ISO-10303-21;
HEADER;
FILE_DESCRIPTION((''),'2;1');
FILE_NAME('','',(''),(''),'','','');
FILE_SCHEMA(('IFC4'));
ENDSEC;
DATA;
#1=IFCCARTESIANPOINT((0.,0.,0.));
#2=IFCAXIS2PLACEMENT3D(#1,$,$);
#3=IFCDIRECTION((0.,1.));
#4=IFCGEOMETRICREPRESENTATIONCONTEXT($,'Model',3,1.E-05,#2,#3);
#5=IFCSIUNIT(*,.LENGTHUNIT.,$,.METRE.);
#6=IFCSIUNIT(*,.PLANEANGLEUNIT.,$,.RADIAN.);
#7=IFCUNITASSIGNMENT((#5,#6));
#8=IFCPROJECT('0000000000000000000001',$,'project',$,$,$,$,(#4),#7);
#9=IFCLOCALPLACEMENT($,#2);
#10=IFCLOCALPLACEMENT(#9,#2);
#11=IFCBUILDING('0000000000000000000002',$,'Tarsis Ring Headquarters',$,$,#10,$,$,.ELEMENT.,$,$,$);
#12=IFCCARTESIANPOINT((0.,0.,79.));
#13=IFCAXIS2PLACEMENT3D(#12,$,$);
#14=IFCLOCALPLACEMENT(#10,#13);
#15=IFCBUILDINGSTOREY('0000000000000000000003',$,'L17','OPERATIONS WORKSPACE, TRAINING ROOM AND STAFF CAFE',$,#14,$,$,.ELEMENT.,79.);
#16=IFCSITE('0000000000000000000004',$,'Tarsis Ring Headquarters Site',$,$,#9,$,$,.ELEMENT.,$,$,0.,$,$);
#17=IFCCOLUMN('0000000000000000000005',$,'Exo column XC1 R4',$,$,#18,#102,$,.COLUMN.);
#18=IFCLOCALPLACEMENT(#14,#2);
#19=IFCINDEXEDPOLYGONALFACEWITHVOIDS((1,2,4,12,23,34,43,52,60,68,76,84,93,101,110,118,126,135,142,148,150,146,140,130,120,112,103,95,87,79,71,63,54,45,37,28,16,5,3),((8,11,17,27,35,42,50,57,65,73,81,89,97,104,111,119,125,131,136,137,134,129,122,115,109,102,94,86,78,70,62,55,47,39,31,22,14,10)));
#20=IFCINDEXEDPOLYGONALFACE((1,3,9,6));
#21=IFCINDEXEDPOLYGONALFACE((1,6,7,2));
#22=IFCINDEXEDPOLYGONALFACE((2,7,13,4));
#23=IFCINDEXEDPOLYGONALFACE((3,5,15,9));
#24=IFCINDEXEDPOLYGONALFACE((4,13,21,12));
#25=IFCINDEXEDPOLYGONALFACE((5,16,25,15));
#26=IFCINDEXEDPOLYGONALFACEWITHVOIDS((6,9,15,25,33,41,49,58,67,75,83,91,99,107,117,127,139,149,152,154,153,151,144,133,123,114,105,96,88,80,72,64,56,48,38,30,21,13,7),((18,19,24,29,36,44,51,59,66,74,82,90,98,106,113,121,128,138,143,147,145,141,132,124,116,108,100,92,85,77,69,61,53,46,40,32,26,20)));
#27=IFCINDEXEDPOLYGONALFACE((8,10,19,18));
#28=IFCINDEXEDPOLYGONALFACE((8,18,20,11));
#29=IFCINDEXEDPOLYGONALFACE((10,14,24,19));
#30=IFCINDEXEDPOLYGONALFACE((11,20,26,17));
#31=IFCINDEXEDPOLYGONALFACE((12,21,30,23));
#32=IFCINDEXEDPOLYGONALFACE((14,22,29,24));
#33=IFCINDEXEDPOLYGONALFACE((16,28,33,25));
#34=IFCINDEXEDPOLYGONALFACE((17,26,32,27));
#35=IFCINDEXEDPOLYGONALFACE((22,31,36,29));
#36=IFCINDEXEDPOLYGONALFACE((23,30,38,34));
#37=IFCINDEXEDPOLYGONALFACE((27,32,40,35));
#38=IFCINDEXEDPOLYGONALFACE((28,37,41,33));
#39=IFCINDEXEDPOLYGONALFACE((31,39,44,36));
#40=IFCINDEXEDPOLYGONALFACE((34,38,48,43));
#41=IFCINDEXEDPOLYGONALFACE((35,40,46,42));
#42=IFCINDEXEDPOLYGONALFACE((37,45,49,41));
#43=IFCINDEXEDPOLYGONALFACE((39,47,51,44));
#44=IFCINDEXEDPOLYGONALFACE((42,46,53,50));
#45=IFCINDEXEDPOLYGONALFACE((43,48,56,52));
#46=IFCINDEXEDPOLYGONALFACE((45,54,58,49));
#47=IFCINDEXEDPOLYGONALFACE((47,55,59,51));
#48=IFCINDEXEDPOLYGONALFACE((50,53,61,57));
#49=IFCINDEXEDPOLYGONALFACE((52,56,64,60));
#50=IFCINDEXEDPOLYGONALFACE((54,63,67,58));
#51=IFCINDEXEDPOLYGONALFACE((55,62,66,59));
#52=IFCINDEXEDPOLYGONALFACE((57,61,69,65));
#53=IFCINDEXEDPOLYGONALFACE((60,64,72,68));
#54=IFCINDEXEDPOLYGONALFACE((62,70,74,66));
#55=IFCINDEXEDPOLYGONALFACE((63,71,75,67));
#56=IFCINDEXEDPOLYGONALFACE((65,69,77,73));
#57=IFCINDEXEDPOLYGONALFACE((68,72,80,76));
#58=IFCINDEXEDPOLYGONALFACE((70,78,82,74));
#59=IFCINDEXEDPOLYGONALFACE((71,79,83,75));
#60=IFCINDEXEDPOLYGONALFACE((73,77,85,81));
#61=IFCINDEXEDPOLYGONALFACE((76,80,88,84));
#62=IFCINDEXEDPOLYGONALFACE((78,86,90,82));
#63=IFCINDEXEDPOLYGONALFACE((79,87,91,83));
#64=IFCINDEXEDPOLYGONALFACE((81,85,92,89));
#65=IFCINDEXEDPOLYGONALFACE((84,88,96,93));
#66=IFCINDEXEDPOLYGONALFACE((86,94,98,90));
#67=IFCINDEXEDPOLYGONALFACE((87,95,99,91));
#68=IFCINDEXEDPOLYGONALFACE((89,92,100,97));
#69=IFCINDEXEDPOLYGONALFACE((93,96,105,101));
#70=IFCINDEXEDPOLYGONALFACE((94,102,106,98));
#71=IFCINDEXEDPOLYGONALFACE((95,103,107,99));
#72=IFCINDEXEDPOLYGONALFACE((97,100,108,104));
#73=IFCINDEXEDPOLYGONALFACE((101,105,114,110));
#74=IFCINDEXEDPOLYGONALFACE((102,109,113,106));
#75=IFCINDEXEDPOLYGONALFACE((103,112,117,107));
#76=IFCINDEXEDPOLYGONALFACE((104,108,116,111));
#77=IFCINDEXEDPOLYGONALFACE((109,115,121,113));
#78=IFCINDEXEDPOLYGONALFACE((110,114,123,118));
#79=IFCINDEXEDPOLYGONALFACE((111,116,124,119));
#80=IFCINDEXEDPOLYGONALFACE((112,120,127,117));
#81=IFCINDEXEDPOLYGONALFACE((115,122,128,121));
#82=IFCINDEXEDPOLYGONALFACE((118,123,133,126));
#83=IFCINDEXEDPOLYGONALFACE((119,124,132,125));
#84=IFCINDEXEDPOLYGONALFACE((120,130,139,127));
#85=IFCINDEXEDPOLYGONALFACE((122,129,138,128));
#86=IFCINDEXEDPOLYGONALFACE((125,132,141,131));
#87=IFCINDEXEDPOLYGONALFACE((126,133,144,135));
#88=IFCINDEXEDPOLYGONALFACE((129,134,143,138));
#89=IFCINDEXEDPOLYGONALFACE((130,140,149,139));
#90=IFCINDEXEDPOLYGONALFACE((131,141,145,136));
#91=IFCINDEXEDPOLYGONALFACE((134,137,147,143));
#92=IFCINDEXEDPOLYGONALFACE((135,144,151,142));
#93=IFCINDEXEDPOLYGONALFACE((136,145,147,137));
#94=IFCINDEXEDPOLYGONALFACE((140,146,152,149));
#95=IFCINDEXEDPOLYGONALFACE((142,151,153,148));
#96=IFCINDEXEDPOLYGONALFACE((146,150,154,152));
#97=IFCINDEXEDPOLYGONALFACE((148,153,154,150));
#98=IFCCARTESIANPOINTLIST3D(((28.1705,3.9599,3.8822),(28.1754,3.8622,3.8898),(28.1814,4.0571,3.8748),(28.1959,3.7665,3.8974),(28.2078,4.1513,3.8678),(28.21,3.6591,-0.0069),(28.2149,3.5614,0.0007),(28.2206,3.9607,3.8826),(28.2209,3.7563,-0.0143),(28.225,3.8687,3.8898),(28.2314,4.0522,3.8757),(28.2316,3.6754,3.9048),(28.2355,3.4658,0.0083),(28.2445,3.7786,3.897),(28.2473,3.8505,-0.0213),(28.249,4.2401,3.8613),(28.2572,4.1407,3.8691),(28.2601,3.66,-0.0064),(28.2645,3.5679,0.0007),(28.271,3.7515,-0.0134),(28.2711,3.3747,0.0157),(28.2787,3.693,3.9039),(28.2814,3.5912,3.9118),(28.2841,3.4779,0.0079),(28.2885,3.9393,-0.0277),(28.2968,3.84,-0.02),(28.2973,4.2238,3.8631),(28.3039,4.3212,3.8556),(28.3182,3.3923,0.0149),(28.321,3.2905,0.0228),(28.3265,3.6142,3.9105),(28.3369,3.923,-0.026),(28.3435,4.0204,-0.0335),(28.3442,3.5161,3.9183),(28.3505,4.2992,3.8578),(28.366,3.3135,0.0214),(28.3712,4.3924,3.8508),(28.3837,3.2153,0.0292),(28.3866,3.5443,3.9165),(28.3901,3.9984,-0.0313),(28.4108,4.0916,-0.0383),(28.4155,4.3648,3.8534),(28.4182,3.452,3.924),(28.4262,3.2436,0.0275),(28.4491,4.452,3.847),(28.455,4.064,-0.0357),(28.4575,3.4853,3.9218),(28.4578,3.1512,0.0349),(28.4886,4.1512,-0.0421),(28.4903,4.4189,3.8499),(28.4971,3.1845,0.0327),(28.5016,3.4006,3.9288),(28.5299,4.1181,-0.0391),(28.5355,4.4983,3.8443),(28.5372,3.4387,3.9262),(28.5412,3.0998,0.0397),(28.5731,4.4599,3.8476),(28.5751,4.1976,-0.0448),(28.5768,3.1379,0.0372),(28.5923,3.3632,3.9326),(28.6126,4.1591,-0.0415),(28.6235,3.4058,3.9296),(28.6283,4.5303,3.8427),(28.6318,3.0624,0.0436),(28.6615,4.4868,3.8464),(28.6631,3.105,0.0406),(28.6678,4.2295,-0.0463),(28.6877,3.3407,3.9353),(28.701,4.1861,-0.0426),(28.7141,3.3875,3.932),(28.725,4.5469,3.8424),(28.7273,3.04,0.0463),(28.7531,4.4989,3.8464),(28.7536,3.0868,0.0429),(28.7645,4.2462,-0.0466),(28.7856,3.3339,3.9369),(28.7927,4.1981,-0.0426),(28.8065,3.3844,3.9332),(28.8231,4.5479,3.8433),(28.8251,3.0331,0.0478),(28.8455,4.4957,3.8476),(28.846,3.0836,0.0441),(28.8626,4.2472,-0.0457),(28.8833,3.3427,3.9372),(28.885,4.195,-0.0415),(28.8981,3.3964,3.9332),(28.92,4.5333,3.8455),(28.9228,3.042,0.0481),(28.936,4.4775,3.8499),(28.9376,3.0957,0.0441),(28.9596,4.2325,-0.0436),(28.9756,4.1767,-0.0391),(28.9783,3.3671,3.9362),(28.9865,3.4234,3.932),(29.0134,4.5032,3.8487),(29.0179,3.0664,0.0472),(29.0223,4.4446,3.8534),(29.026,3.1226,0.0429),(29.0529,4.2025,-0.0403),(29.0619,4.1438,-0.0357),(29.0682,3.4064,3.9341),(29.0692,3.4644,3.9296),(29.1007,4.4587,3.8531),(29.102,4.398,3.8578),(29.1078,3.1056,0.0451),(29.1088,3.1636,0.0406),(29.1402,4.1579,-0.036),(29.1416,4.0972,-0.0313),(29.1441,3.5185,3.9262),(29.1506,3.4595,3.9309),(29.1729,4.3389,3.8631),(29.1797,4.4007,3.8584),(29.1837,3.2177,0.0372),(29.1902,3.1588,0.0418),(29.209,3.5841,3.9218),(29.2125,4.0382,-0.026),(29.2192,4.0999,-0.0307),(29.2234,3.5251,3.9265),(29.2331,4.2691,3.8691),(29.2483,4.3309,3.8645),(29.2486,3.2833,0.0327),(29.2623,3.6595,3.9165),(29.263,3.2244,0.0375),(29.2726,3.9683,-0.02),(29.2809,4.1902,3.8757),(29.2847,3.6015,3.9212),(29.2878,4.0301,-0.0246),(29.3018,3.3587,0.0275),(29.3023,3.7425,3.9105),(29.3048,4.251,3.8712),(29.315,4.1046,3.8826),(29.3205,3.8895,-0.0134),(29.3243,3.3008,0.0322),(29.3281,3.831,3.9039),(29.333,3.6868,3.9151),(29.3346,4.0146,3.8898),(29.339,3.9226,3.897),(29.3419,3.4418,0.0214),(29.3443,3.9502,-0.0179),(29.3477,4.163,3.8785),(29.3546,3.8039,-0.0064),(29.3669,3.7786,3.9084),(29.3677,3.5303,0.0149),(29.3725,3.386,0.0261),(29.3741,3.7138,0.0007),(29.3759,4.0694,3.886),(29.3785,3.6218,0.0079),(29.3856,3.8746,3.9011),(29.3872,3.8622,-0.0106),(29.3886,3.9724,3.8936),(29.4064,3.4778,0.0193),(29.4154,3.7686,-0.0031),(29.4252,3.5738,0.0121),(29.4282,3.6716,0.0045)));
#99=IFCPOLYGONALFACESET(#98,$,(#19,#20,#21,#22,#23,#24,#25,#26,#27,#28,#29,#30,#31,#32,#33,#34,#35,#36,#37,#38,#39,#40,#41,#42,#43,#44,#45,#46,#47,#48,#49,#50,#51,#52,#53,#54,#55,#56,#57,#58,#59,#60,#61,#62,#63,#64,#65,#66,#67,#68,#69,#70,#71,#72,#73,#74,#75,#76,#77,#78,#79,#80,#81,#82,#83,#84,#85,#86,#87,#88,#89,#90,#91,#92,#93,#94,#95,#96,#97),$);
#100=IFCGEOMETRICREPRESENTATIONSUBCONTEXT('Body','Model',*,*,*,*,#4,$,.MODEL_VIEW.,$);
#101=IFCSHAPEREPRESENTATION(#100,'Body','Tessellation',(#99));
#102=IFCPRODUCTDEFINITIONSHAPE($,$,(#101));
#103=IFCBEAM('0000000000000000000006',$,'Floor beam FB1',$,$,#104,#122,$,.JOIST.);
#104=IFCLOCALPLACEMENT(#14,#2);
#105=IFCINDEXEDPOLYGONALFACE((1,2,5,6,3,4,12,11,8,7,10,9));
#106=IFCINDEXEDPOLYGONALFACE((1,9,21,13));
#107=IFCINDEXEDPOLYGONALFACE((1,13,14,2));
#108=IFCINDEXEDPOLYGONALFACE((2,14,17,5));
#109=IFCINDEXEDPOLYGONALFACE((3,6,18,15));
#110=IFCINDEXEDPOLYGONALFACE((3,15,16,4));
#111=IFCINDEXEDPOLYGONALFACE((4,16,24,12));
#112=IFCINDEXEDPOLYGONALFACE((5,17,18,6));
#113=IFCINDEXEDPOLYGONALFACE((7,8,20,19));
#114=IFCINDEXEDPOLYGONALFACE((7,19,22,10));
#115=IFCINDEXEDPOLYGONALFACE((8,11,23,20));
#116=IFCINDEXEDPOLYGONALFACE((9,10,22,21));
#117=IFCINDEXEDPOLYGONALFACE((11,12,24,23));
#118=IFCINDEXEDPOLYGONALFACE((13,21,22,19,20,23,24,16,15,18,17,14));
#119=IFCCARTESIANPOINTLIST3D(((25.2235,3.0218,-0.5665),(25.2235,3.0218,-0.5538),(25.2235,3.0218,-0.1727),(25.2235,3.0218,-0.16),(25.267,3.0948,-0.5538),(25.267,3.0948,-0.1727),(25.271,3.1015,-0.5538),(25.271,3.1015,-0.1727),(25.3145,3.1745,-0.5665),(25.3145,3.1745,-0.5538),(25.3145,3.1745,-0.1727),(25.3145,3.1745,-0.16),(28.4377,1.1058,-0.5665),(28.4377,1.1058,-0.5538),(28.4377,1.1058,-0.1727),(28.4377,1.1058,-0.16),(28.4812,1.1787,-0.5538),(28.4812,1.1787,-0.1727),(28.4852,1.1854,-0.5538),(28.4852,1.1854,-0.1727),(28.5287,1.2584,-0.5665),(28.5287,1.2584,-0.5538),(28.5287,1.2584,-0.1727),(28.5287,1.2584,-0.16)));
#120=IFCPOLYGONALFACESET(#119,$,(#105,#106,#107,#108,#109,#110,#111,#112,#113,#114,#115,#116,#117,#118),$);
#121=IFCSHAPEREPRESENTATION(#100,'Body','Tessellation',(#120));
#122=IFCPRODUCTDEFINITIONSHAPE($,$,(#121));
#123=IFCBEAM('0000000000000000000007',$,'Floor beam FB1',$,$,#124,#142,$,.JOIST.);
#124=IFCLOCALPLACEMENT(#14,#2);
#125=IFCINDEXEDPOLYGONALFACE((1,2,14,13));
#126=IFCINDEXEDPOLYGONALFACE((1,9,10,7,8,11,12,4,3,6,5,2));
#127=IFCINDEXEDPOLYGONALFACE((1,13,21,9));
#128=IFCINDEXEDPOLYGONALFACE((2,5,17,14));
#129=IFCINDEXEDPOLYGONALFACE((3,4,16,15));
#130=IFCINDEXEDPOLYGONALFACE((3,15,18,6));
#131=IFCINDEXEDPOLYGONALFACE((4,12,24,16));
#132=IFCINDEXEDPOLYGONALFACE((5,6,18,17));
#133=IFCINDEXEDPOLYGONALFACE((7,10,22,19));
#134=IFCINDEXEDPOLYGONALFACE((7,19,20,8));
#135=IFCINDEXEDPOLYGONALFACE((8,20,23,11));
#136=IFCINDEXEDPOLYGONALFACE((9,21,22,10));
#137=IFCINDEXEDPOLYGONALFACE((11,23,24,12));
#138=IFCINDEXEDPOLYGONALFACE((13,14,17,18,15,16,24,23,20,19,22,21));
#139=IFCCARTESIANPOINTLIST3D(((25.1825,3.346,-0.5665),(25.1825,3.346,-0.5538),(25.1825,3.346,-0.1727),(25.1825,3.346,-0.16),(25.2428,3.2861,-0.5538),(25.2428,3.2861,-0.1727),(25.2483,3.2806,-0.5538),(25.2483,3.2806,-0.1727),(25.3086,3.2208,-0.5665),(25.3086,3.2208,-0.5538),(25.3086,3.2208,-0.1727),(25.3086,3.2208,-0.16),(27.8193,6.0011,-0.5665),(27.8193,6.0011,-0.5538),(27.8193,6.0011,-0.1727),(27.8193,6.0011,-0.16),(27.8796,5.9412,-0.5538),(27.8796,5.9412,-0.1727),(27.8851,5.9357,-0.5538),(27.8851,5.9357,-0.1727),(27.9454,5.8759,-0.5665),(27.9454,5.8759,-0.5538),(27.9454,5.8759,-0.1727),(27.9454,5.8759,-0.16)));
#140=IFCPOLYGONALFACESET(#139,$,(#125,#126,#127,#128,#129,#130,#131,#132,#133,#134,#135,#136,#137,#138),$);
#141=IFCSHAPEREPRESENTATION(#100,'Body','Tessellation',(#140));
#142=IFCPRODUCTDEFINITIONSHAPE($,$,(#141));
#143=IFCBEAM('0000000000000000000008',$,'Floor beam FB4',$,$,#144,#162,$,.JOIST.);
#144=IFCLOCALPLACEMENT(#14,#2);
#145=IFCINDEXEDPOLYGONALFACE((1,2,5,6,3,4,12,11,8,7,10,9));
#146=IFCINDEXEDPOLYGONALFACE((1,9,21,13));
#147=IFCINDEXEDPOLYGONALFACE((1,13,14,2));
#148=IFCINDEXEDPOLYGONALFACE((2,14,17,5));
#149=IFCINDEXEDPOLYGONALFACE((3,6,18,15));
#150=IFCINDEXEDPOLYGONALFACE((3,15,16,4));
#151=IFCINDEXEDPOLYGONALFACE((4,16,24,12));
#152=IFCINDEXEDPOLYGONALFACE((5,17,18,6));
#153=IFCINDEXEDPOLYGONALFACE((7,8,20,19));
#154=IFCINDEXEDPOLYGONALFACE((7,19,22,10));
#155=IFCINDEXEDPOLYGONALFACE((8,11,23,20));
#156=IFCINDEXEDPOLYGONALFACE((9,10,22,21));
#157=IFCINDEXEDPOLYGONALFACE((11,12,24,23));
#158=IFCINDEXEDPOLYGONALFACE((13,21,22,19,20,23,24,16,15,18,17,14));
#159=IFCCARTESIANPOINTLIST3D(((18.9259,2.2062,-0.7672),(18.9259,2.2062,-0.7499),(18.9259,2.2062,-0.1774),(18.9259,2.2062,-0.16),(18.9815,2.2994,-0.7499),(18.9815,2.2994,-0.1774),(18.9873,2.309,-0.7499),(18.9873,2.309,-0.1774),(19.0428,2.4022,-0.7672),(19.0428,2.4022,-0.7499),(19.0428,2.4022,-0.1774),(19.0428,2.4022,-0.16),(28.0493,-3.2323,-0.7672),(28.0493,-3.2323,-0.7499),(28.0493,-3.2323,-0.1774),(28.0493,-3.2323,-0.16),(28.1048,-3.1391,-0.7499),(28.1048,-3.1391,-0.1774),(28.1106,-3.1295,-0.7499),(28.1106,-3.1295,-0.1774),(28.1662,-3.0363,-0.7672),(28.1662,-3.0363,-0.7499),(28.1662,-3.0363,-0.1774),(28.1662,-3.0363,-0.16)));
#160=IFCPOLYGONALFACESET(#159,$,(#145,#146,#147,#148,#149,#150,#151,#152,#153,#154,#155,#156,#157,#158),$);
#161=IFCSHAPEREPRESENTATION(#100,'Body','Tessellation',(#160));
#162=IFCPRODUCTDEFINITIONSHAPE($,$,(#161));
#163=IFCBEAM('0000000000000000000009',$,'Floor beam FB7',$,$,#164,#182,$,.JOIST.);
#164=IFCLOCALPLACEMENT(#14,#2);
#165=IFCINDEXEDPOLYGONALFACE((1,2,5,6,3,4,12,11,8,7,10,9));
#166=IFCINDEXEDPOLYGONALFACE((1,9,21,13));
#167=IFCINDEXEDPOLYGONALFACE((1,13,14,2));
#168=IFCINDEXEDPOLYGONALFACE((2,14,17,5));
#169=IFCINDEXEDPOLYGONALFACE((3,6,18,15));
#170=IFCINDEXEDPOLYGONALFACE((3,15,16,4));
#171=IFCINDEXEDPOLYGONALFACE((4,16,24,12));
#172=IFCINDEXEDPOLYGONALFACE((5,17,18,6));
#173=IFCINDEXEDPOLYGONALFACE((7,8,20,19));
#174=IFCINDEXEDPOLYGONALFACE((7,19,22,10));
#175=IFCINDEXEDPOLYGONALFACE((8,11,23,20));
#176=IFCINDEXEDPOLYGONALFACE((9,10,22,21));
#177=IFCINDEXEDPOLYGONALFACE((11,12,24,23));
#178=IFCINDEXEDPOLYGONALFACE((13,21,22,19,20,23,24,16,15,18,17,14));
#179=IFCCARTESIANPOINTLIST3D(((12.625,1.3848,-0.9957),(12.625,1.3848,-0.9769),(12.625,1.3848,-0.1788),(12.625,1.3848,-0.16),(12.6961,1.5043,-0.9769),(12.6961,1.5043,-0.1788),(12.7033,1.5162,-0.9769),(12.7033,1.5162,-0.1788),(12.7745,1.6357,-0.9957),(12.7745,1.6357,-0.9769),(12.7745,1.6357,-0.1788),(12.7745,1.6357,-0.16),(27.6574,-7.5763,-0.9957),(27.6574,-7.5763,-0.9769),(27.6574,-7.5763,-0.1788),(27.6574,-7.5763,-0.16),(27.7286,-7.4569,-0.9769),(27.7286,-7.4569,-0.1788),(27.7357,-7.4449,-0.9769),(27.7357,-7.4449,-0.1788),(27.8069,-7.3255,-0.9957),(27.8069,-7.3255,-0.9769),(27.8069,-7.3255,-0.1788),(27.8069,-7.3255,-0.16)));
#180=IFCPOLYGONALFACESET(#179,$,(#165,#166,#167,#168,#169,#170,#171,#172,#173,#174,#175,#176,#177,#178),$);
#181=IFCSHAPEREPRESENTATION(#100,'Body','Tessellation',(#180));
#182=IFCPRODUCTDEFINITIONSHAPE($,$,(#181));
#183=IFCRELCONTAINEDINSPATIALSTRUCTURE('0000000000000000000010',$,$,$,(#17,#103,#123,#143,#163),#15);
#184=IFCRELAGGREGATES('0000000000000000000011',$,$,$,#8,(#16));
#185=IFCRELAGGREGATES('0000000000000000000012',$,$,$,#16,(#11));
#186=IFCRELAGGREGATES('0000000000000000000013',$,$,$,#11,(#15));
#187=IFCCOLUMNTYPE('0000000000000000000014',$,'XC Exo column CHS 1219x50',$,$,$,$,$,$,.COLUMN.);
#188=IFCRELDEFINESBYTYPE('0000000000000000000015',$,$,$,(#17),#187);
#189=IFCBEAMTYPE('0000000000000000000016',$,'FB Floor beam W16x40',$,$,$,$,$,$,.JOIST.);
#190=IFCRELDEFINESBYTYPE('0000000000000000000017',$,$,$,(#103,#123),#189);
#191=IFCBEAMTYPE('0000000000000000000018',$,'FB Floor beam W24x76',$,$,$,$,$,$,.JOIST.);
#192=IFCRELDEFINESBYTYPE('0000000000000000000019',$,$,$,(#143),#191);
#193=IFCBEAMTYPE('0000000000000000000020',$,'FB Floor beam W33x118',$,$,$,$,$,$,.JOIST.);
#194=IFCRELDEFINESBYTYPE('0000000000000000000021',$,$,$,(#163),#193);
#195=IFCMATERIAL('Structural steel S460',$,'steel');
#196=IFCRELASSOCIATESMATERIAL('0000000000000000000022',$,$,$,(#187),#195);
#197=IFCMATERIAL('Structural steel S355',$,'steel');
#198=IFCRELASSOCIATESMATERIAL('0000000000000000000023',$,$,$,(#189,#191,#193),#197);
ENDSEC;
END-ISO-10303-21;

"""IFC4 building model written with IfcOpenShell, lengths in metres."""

from ifc_helpers import new_model, si_unit, direction, frame, origin, origin_2d, place, context, subcontext, project, spatial, hollow_circle, i_section, extrude, material, material_profile, profile_set, type_object, element, save


model = new_model("IFC4")

# Units and contexts
model_context = context("Model", 3, precision=1e-05, world=origin(), true_north=direction((0.0, 1.0)))
body_context = subcontext(model_context, "Body", "Model", "MODEL_VIEW")
ifc_project = project(units=[si_unit("LENGTHUNIT", "METRE"), si_unit("PLANEANGLEUNIT", "RADIAN")], contexts=[model_context])

# Site, building, storey
site_placement = place(None, origin())
site = spatial("IfcSite", under=ifc_project, at=site_placement, Name="Tarsis Ring Headquarters Site", CompositionType="ELEMENT", RefElevation=0.0)
building_placement = place(site_placement, origin())
building = spatial("IfcBuilding", under=site, at=building_placement, Name="Tarsis Ring Headquarters", CompositionType="ELEMENT")
storey_placement = place(building_placement, frame((0.0, 0.0, 79.0)))
storey = spatial("IfcBuildingStorey", under=building, at=storey_placement, Name="L17", Description="OPERATIONS WORKSPACE, TRAINING ROOM AND STAFF CAFE", CompositionType="ELEMENT", Elevation=79.0)

# Column
ifc_material_1 = material(Name="Structural steel S460", Category="steel")
ifc_material_profile_1 = material_profile(ifc_material_1, hollow_circle(Radius=0.6096, WallThickness=0.05, at=origin_2d()), Name="CHS 1219x50")
ifc_profile_set_1 = profile_set([ifc_material_profile_1], Name="Structural steel S460")
column_type = type_object("IfcColumnType", Name="XC Exo column CHS 1219x50", PredefinedType="COLUMN", material=ifc_profile_set_1)
column_placement = place(storey_placement, frame((28.8193, 3.6409, 0.0007), z_axis=(-0.010139, 0.077104, 0.996971), x_axis=(-0.991465, -0.130371, 0.0)))
element("IfcColumn", 1, at=column_placement, inside=storey, type_object=column_type, Name="Exo column XC1 R4", PredefinedType="COLUMN", context=body_context, shape_type="SweptSolid", body=[
    extrude(hollow_circle(Radius=0.6096, WallThickness=0.05, at=origin_2d()), origin(), (0.0, 0.0, 1.0), 3.9009),
])

# Beams
ifc_material_2 = material(Name="Structural steel S355", Category="steel")
ifc_material_profile_2 = material_profile(ifc_material_2, i_section(OverallWidth=0.1777, OverallDepth=0.4065, WebThickness=0.0078, FlangeThickness=0.0127, at=origin_2d()), Name="W16x40")
ifc_profile_set_2 = profile_set([ifc_material_profile_2], Name="Structural steel S355")
beam_type_1 = type_object("IfcBeamType", Name="FB Floor beam W16x40", PredefinedType="JOIST", material=ifc_profile_set_2)
for number, where, z_axis, x_axis, name in (
    (2, (25.269, 3.0981, -0.3633), (0.858957, -0.512047, 0.0), (0.512047, 0.858957, 0.0), "Floor beam FB1"),
    (3, (27.8823, 5.9385, -0.3633), (-0.704656, -0.709549, 0.0), (0.709549, -0.704656, 0.0), "Floor beam FB1"),
):
    element("IfcBeam", number, at=place(storey_placement, frame(where, z_axis=z_axis, x_axis=x_axis)), inside=storey, type_object=beam_type_1, Name=name, PredefinedType="JOIST", context=body_context, shape_type="SweptSolid", body=[
        extrude(i_section(OverallWidth=0.1777, OverallDepth=0.4065, WebThickness=0.0078, FlangeThickness=0.0127, at=origin_2d()), origin(), (0.0, 0.0, 1.0), 3.7419),
    ])
ifc_material_profile_3 = material_profile(ifc_material_2, i_section(OverallWidth=0.2283, OverallDepth=0.6072, WebThickness=0.0112, FlangeThickness=0.0173, at=origin_2d()), Name="W24x76")
ifc_profile_set_3 = profile_set([ifc_material_profile_3], Name="Structural steel S355")
beam_type_2 = type_object("IfcBeamType", Name="FB Floor beam W24x76", PredefinedType="JOIST", material=ifc_profile_set_3)
beam_1_placement = place(storey_placement, frame((18.9844, 2.3042, -0.4636), z_axis=(0.858964, -0.512036, 0.0), x_axis=(0.512036, 0.858964, 0.0)))
element("IfcBeam", 4, at=beam_1_placement, inside=storey, type_object=beam_type_2, Name="Floor beam FB4", PredefinedType="JOIST", context=body_context, shape_type="SweptSolid", body=[
    extrude(i_section(OverallWidth=0.2283, OverallDepth=0.6072, WebThickness=0.0112, FlangeThickness=0.0173, at=origin_2d()), origin(), (0.0, 0.0, 1.0), 10.6213),
])
ifc_material_profile_4 = material_profile(ifc_material_2, i_section(OverallWidth=0.292, OverallDepth=0.8357, WebThickness=0.0139, FlangeThickness=0.0188, at=origin_2d()), Name="W33x118")
ifc_profile_set_4 = profile_set([ifc_material_profile_4], Name="Structural steel S355")
beam_type_3 = type_object("IfcBeamType", Name="FB Floor beam W33x118", PredefinedType="JOIST", material=ifc_profile_set_4)
beam_2_placement = place(storey_placement, frame((12.6997, 1.5103, -0.5779), z_axis=(0.858959, -0.512044, 0.0), x_axis=(0.512044, 0.858959, 0.0)))
element("IfcBeam", 5, at=beam_2_placement, inside=storey, type_object=beam_type_3, Name="Floor beam FB7", PredefinedType="JOIST", context=body_context, shape_type="SweptSolid", body=[
    extrude(i_section(OverallWidth=0.292, OverallDepth=0.8357, WebThickness=0.0139, FlangeThickness=0.0188, at=origin_2d()), origin(), (0.0, 0.0, 1.0), 17.5007),
])

save(model, "model.ifc")
